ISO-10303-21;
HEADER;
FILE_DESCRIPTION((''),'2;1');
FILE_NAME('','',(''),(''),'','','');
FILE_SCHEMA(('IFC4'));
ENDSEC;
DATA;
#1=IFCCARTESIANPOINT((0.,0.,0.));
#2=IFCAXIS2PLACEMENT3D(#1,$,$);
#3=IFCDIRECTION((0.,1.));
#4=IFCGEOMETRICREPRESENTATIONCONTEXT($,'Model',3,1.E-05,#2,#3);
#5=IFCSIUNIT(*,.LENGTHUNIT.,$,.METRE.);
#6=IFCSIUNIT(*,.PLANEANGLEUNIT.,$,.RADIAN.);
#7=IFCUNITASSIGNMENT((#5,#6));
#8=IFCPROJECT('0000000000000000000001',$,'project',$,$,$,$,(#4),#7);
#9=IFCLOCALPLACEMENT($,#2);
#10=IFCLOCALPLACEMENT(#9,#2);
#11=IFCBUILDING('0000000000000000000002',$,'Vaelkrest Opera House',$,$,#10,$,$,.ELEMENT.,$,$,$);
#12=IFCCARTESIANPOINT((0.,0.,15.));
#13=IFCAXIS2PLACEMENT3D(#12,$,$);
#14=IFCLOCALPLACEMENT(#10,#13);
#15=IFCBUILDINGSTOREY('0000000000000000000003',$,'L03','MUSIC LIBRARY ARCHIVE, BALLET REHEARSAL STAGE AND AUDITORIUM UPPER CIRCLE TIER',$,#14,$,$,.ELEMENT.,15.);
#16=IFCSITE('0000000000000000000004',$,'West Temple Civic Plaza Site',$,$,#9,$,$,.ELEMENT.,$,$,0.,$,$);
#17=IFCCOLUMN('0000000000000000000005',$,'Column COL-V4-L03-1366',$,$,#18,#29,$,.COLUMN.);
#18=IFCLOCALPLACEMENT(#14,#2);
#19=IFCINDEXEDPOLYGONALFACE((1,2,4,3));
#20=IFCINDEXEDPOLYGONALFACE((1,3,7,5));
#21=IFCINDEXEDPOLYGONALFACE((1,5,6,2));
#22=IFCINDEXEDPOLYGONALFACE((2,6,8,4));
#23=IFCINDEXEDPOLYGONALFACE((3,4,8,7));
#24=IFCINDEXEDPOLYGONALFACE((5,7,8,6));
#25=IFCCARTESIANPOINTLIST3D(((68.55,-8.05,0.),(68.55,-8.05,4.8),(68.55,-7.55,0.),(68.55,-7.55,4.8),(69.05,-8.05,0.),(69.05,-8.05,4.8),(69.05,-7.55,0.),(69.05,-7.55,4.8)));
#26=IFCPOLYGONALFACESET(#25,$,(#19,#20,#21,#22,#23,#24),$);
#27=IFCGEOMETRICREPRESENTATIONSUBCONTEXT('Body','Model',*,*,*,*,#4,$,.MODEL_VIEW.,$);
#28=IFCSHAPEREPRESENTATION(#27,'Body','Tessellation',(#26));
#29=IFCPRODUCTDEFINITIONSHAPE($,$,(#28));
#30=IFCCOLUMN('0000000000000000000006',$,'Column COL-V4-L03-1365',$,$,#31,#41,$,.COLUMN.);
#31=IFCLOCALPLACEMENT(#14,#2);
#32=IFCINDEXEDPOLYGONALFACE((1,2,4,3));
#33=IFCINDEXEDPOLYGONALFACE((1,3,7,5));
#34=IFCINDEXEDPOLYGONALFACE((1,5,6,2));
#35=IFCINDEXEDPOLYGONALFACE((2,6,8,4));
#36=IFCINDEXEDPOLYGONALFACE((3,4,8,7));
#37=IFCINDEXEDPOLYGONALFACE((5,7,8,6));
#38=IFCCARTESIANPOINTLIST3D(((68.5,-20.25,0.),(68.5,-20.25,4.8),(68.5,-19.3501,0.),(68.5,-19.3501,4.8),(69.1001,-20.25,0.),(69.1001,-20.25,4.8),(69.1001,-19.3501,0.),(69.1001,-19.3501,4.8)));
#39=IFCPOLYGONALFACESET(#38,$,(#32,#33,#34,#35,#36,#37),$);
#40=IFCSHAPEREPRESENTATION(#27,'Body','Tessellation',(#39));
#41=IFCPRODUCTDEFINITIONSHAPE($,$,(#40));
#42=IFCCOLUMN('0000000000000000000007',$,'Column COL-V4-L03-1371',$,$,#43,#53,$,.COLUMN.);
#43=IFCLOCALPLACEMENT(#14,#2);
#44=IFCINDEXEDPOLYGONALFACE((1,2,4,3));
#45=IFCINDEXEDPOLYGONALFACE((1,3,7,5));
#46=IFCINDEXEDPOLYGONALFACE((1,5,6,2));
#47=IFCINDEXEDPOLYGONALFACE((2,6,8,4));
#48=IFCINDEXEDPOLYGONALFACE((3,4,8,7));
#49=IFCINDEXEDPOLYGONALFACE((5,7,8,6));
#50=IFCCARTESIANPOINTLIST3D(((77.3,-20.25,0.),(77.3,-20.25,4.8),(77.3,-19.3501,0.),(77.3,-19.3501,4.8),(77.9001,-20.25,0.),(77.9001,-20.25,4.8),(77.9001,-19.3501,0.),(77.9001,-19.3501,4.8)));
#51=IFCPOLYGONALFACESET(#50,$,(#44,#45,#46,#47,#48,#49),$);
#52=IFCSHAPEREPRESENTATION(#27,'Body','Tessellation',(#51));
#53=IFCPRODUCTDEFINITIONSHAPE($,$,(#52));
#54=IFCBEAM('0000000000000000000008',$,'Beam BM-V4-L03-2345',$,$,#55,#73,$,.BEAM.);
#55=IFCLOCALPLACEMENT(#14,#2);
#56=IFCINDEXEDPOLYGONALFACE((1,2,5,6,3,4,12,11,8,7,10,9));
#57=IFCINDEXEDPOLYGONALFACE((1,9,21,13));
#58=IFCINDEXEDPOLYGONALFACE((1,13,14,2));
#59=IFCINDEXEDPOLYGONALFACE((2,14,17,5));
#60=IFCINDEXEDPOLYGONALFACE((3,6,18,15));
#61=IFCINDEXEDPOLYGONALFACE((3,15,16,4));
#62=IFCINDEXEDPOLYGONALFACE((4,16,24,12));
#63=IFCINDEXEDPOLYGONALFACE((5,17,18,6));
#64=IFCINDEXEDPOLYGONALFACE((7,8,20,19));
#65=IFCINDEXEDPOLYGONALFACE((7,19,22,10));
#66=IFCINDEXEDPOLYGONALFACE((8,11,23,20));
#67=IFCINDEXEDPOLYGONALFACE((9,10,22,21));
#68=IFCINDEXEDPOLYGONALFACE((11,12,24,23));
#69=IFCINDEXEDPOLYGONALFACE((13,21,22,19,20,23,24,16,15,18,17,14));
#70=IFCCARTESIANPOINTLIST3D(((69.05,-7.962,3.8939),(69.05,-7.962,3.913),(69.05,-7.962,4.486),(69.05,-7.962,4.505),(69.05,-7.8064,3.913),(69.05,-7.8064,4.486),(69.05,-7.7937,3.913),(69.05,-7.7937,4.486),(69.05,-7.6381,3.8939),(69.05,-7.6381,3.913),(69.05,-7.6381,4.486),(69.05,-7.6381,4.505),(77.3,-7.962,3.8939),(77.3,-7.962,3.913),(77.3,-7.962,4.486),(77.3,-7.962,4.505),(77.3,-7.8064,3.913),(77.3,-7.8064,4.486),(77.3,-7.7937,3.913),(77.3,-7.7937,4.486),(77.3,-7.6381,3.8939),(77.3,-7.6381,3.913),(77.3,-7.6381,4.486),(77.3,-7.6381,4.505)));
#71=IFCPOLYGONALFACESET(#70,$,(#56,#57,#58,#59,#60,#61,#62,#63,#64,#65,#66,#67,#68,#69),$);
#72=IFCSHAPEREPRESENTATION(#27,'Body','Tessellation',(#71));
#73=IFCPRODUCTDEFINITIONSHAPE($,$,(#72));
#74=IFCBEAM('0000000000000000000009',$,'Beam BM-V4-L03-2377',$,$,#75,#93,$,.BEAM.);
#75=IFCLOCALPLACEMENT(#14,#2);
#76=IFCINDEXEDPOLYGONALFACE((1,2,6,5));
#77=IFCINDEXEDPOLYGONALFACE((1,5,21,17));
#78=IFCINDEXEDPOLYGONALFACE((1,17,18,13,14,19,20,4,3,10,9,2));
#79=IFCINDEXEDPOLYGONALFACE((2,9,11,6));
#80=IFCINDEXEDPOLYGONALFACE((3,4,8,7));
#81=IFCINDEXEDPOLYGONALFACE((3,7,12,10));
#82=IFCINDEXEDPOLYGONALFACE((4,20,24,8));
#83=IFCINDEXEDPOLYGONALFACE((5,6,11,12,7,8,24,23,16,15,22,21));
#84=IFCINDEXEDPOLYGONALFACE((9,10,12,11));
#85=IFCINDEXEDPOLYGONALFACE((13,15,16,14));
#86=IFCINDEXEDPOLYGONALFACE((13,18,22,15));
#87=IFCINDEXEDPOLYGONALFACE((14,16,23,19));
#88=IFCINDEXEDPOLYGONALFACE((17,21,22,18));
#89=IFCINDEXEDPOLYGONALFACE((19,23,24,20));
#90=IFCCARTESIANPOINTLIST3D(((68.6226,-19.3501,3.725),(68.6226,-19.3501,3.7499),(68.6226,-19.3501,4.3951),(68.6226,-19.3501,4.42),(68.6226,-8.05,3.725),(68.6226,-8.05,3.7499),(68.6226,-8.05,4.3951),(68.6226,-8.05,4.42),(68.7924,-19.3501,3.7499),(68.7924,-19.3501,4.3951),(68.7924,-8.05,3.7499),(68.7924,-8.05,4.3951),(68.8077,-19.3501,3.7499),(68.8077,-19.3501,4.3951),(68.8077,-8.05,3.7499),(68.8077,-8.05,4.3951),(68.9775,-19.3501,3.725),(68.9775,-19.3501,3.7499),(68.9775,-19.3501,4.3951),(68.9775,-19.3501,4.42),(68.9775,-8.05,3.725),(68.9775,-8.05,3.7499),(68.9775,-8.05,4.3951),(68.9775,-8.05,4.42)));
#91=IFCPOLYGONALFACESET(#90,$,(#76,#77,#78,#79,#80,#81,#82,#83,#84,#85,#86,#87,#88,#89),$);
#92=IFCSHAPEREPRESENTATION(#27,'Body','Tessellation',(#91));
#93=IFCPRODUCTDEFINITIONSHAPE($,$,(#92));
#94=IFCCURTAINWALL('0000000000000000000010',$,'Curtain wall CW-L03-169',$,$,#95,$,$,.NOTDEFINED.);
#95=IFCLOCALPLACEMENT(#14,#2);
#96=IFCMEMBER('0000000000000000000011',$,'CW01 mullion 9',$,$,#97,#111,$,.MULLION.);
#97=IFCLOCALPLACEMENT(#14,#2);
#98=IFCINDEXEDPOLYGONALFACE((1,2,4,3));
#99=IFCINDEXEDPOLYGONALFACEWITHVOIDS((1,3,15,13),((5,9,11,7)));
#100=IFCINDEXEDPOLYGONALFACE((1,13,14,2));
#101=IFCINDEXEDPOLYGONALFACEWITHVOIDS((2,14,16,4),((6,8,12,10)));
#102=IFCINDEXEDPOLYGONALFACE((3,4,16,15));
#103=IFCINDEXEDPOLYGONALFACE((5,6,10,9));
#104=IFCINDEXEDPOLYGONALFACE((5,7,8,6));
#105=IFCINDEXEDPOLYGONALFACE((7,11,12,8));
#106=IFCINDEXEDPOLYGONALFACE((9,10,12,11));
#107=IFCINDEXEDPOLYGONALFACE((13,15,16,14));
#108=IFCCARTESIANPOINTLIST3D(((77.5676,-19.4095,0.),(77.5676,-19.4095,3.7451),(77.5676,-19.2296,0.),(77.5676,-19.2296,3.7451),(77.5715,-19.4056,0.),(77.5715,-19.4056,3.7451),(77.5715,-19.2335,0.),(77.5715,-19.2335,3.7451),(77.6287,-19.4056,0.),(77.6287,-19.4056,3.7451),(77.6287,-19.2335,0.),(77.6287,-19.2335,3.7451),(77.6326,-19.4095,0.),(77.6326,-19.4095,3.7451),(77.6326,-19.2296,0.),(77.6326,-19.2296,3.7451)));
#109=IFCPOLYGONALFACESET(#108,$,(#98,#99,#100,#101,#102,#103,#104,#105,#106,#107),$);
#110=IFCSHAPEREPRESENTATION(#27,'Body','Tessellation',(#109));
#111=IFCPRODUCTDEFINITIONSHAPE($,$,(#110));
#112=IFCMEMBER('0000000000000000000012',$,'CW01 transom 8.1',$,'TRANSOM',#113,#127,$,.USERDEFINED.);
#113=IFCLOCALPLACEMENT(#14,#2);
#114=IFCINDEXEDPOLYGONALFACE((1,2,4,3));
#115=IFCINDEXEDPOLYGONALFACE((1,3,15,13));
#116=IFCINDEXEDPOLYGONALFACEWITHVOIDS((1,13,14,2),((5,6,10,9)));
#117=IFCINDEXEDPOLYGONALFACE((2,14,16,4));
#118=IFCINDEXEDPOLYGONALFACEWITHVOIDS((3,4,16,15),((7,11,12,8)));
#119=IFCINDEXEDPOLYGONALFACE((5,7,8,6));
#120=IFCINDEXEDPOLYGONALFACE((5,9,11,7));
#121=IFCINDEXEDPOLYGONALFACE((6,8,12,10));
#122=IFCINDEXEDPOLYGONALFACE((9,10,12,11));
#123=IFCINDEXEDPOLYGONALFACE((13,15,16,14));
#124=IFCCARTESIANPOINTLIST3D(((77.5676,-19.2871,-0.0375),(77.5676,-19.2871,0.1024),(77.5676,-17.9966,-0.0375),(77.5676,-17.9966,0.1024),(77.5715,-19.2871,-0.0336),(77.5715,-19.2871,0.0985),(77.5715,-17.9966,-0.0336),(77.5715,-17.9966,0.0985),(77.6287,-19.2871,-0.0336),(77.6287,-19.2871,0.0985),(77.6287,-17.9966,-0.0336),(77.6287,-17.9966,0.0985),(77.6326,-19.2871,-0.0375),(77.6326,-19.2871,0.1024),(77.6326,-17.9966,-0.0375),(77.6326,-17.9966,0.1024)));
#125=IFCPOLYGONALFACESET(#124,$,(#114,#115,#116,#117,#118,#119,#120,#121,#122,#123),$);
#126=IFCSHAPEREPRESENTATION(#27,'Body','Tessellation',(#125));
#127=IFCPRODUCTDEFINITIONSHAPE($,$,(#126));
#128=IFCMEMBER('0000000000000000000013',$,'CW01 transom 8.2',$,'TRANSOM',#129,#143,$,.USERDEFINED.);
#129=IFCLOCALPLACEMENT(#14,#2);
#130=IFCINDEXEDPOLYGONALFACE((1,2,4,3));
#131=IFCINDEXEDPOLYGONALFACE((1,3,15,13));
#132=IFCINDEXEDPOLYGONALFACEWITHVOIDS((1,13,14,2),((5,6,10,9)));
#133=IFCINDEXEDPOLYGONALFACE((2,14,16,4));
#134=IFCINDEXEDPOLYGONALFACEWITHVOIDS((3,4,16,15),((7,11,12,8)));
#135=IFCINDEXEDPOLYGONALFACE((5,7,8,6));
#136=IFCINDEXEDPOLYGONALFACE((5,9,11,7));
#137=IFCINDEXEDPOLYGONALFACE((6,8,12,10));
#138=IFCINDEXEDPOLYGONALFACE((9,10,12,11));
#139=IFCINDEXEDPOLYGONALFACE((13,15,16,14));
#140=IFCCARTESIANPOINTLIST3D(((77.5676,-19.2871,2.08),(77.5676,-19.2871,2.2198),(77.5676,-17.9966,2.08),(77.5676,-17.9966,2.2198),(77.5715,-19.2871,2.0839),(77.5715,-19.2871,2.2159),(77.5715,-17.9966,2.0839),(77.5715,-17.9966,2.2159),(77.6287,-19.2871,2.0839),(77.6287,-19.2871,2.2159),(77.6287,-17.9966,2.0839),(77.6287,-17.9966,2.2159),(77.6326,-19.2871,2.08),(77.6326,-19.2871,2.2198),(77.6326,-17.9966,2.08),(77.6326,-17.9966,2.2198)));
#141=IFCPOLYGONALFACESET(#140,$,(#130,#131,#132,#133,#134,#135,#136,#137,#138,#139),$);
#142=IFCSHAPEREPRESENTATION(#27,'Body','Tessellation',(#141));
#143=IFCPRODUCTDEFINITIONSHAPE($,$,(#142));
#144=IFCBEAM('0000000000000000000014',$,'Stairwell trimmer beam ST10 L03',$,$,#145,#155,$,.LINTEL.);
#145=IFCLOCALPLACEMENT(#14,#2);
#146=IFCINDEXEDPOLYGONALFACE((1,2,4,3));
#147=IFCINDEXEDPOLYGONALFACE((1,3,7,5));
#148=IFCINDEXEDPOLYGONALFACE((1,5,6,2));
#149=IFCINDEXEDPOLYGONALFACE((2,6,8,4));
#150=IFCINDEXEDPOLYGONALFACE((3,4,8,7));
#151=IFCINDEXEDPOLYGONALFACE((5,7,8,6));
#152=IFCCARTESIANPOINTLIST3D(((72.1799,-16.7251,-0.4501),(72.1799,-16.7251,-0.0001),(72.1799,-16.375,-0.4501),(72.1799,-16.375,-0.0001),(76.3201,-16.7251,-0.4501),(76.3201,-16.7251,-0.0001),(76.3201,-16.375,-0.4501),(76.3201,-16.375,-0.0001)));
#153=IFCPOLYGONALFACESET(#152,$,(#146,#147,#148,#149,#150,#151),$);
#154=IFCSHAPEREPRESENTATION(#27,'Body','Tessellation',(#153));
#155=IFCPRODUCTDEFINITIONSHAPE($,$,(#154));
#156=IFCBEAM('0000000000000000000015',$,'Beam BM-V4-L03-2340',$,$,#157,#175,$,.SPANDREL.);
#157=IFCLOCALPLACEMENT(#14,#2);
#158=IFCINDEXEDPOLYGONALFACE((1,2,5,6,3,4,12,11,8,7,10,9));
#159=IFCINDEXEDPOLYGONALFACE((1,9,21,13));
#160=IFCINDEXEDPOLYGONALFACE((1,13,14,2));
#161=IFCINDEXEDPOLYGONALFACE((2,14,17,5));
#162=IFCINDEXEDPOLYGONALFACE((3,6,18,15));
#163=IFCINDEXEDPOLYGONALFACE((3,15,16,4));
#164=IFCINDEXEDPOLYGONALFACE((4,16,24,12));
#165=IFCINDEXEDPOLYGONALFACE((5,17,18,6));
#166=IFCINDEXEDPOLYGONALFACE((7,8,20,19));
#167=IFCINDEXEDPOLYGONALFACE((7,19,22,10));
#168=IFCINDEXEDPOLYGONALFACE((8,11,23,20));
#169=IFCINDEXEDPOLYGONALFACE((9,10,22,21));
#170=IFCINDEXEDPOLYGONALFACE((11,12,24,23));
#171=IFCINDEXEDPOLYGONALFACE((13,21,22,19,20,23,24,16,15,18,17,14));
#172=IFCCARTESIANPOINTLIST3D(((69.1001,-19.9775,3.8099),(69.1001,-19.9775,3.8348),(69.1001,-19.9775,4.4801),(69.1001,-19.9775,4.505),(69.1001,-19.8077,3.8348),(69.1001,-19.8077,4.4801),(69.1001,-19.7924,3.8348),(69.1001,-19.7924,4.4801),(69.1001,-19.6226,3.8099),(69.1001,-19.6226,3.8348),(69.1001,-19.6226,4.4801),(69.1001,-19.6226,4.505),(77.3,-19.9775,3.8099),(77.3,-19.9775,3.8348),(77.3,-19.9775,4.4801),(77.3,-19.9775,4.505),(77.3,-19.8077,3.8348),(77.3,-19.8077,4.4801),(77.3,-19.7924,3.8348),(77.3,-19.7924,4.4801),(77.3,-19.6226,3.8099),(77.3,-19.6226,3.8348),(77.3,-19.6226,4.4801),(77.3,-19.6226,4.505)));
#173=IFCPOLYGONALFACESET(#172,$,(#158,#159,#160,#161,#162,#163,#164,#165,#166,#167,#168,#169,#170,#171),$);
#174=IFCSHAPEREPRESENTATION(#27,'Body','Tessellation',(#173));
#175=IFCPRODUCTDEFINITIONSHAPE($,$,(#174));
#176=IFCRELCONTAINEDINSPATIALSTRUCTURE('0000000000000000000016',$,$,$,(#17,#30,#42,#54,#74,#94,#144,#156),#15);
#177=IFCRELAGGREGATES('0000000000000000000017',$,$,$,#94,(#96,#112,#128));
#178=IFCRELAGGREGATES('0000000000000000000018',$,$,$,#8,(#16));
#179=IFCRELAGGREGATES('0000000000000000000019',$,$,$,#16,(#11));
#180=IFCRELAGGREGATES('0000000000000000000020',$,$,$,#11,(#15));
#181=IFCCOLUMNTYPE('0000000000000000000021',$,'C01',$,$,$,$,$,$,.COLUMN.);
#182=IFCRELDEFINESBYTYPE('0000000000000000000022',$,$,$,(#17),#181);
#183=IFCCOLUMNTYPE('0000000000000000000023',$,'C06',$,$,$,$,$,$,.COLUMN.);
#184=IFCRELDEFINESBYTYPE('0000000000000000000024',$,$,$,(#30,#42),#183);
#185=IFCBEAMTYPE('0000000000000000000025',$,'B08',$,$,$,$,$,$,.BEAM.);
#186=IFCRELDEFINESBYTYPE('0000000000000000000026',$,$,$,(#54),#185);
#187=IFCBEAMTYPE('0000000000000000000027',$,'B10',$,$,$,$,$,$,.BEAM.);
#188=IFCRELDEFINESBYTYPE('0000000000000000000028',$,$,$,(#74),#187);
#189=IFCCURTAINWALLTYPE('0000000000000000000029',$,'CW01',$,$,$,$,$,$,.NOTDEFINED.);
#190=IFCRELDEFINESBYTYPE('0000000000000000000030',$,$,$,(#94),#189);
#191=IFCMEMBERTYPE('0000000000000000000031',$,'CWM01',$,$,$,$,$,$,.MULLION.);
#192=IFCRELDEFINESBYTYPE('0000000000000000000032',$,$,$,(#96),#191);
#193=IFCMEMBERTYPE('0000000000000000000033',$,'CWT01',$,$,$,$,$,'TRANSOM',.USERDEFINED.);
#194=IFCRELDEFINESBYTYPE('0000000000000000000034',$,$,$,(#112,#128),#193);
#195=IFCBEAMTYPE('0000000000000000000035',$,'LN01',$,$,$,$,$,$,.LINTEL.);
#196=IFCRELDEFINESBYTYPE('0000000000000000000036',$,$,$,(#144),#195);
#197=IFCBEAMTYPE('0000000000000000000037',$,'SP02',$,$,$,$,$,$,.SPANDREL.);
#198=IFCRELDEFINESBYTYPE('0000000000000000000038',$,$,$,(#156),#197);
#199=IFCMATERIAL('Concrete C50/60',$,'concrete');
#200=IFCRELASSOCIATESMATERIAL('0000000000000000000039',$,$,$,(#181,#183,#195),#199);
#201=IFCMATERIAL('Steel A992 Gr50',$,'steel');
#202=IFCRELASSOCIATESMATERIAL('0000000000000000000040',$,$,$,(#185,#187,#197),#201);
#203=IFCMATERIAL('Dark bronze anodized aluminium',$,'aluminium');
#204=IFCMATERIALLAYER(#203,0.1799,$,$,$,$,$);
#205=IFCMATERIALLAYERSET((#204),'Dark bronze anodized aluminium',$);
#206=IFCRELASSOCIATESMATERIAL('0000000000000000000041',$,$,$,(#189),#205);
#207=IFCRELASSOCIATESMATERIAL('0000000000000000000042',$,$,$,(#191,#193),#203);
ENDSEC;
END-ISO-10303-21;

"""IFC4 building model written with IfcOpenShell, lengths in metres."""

from ifc_helpers import new_model, si_unit, direction, frame, origin, origin_2d, place, context, subcontext, project, spatial, rectangle, hollow_rectangle, i_section, extrude, material, layer, layer_set, material_profile, profile_set, type_object, element, aggregate, save


model = new_model("IFC4")

# Units and contexts
model_context = context("Model", 3, precision=1e-05, world=origin(), true_north=direction((0.0, 1.0)))
body_context = subcontext(model_context, "Body", "Model", "MODEL_VIEW")
ifc_project = project(units=[si_unit("LENGTHUNIT", "METRE"), si_unit("PLANEANGLEUNIT", "RADIAN")], contexts=[model_context])

# Site, building, storey
site_placement = place(None, origin())
site = spatial("IfcSite", under=ifc_project, at=site_placement, Name="West Temple Civic Plaza Site", CompositionType="ELEMENT", RefElevation=0.0)
building_placement = place(site_placement, origin())
building = spatial("IfcBuilding", under=site, at=building_placement, Name="Vaelkrest Opera House", CompositionType="ELEMENT")
storey_placement = place(building_placement, frame((0.0, 0.0, 15.0)))
storey = spatial("IfcBuildingStorey", under=building, at=storey_placement, Name="L03", Description="MUSIC LIBRARY ARCHIVE, BALLET REHEARSAL STAGE AND AUDITORIUM UPPER CIRCLE TIER", CompositionType="ELEMENT", Elevation=15.0)

# Columns
ifc_material_1 = material(Name="Concrete C50/60", Category="concrete")
ifc_material_profile_1 = material_profile(ifc_material_1, rectangle(XDim=0.5, YDim=0.5, at=origin_2d()), Name="RC500X500")
ifc_profile_set_1 = profile_set([ifc_material_profile_1], Name="Concrete C50/60")
column_type_1 = type_object("IfcColumnType", Name="C01", PredefinedType="COLUMN", material=ifc_profile_set_1)
column_placement = place(storey_placement, frame((68.8, -7.8, 0.0), z_axis=(0.0, 0.0, 1.0), x_axis=(1.0, 0.0, 0.0)))
element("IfcColumn", 1, at=column_placement, inside=storey, type_object=column_type_1, Name="Column COL-V4-L03-1366", PredefinedType="COLUMN", context=body_context, shape_type="SweptSolid", body=[
    extrude(rectangle(XDim=0.5, YDim=0.5, at=origin_2d()), origin(), (0.0, 0.0, 1.0), 4.8),
])
ifc_material_profile_2 = material_profile(ifc_material_1, rectangle(XDim=0.6001, YDim=0.8999, at=origin_2d()), Name="RC600X900")
ifc_profile_set_2 = profile_set([ifc_material_profile_2], Name="Concrete C50/60")
column_type_2 = type_object("IfcColumnType", Name="C06", PredefinedType="COLUMN", material=ifc_profile_set_2)
for number, where, z_axis, x_axis, name in (
    (2, (68.8, -19.8, 0.0), (0.0, 0.0, 1.0), (1.0, 0.0, 0.0), "Column COL-V4-L03-1365"),
    (3, (77.6001, -19.8, 0.0), (0.0, 0.0, 1.0), (1.0, 0.0, 0.0), "Column COL-V4-L03-1371"),
):
    element("IfcColumn", number, at=place(storey_placement, frame(where, z_axis=z_axis, x_axis=x_axis)), inside=storey, type_object=column_type_2, Name=name, PredefinedType="COLUMN", context=body_context, shape_type="SweptSolid", body=[
        extrude(rectangle(XDim=0.6001, YDim=0.8999, at=origin_2d()), origin(), (0.0, 0.0, 1.0), 4.8),
    ])

# Beams
ifc_material_2 = material(Name="Steel A992 Gr50", Category="steel")
ifc_material_profile_3 = material_profile(ifc_material_2, i_section(OverallWidth=0.324, OverallDepth=0.6111, WebThickness=0.0127, FlangeThickness=0.019, at=origin_2d()), Name="W24X104")
ifc_profile_set_3 = profile_set([ifc_material_profile_3], Name="Steel A992 Gr50")
beam_type_1 = type_object("IfcBeamType", Name="B08", PredefinedType="BEAM", material=ifc_profile_set_3)
beam_1_placement = place(storey_placement, frame((69.05, -7.8, 4.1995), z_axis=(1.0, 0.0, 0.0), x_axis=(0.0, 1.0, 0.0)))
element("IfcBeam", 4, at=beam_1_placement, inside=storey, type_object=beam_type_1, Name="Beam BM-V4-L03-2345", PredefinedType="BEAM", context=body_context, shape_type="SweptSolid", body=[
    extrude(i_section(OverallWidth=0.324, OverallDepth=0.6111, WebThickness=0.0127, FlangeThickness=0.019, at=origin_2d()), origin(), (0.0, 0.0, 1.0), 8.25),
])
ifc_material_profile_4 = material_profile(ifc_material_2, i_section(OverallWidth=0.355, OverallDepth=0.6951, WebThickness=0.0154, FlangeThickness=0.0249, at=origin_2d()), Name="W27X146")
ifc_profile_set_4 = profile_set([ifc_material_profile_4], Name="Steel A992 Gr50")
beam_type_2 = type_object("IfcBeamType", Name="B10", PredefinedType="BEAM", material=ifc_profile_set_4)
beam_2_placement = place(storey_placement, frame((68.8, -19.3501, 4.0725), z_axis=(0.0, 1.0, 0.0), x_axis=(-1.0, 0.0, 0.0)))
element("IfcBeam", 5, at=beam_2_placement, inside=storey, type_object=beam_type_2, Name="Beam BM-V4-L03-2377", PredefinedType="BEAM", context=body_context, shape_type="SweptSolid", body=[
    extrude(i_section(OverallWidth=0.355, OverallDepth=0.6951, WebThickness=0.0154, FlangeThickness=0.0249, at=origin_2d()), origin(), (0.0, 0.0, 1.0), 11.3),
])

# Curtain wall, members
ifc_material_3 = material(Name="Dark bronze anodized aluminium", Category="aluminium")
ifc_layer_1 = layer(ifc_material_3, 0.1799)
ifc_layer_set_1 = layer_set([ifc_layer_1], Name="Dark bronze anodized aluminium")
curtain_wall_type = type_object("IfcCurtainWallType", Name="CW01", PredefinedType="NOTDEFINED", material=ifc_layer_set_1)
curtain_wall_placement = place(storey_placement, origin())
curtain_wall = element("IfcCurtainWall", 6, at=curtain_wall_placement, inside=storey, type_object=curtain_wall_type, Name="Curtain wall CW-L03-169", PredefinedType="NOTDEFINED")
ifc_material_profile_5 = material_profile(ifc_material_3, hollow_rectangle(XDim=0.0649, YDim=0.1799, WallThickness=0.0039, at=origin_2d()), Name="CWM65X180")
ifc_profile_set_5 = profile_set([ifc_material_profile_5], Name="Dark bronze anodized aluminium")
member_type_1 = type_object("IfcMemberType", Name="CWM01", PredefinedType="MULLION", material=ifc_profile_set_5)
member_1_placement = place(storey_placement, frame((77.6001, -19.3196, 0.0), z_axis=(0.0, 0.0, 1.0), x_axis=(1.0, 0.0, 0.0)))
member_1 = element("IfcMember", 7, at=member_1_placement, type_object=member_type_1, Name="CW01 mullion 9", PredefinedType="MULLION", context=body_context, shape_type="SweptSolid", body=[
    extrude(hollow_rectangle(XDim=0.0649, YDim=0.1799, WallThickness=0.0039, at=origin_2d()), origin(), (0.0, 0.0, 1.0), 3.7451),
])
ifc_material_profile_6 = material_profile(ifc_material_3, hollow_rectangle(XDim=0.0649, YDim=0.1399, WallThickness=0.0039, at=origin_2d()), Name="CWT65X140")
ifc_profile_set_6 = profile_set([ifc_material_profile_6], Name="Dark bronze anodized aluminium")
member_type_2 = type_object("IfcMemberType", Name="CWT01", ElementType="TRANSOM", PredefinedType="USERDEFINED", material=ifc_profile_set_6)
member_2_placement = place(storey_placement, frame((77.6001, -17.9966, 0.0325), z_axis=(0.0, -1.0, 0.0), x_axis=(1.0, 0.0, 0.0)))
member_2 = element("IfcMember", 8, at=member_2_placement, type_object=member_type_2, Name="CW01 transom 8.1", ObjectType="TRANSOM", PredefinedType="USERDEFINED", context=body_context, shape_type="SweptSolid", body=[
    extrude(hollow_rectangle(XDim=0.0649, YDim=0.1399, WallThickness=0.0039, at=origin_2d()), origin(), (0.0, 0.0, 1.0), 1.2905),
])
member_3_placement = place(storey_placement, frame((77.6001, -17.9966, 2.1499), z_axis=(0.0, -1.0, 0.0), x_axis=(1.0, 0.0, 0.0)))
member_3 = element("IfcMember", 9, at=member_3_placement, type_object=member_type_2, Name="CW01 transom 8.2", ObjectType="TRANSOM", PredefinedType="USERDEFINED", context=body_context, shape_type="SweptSolid", body=[
    extrude(hollow_rectangle(XDim=0.0649, YDim=0.1399, WallThickness=0.0039, at=origin_2d()), origin(), (0.0, 0.0, 1.0), 1.2905),
])

# Beams
ifc_material_profile_7 = material_profile(ifc_material_1, rectangle(XDim=0.3501, YDim=0.45, at=origin_2d()), Name="RCB350X450")
ifc_profile_set_7 = profile_set([ifc_material_profile_7], Name="Concrete C50/60")
beam_type_3 = type_object("IfcBeamType", Name="LN01", PredefinedType="LINTEL", material=ifc_profile_set_7)
beam_3_placement = place(storey_placement, frame((72.1799, -16.55, -0.2251), z_axis=(1.0, 0.0, 0.0), x_axis=(0.0, 1.0, 0.0)))
element("IfcBeam", 10, at=beam_3_placement, inside=storey, type_object=beam_type_3, Name="Stairwell trimmer beam ST10 L03", PredefinedType="LINTEL", context=body_context, shape_type="SweptSolid", body=[
    extrude(rectangle(XDim=0.3501, YDim=0.45, at=origin_2d()), origin(), (0.0, 0.0, 1.0), 4.1401),
])
ifc_material_profile_8 = material_profile(ifc_material_2, i_section(OverallWidth=0.355, OverallDepth=0.6951, WebThickness=0.0154, FlangeThickness=0.0249, at=origin_2d()), Name="W27X146")
ifc_profile_set_8 = profile_set([ifc_material_profile_8], Name="Steel A992 Gr50")
beam_type_4 = type_object("IfcBeamType", Name="SP02", PredefinedType="SPANDREL", material=ifc_profile_set_8)
beam_4_placement = place(storey_placement, frame((69.1001, -19.8, 4.1575), z_axis=(1.0, 0.0, 0.0), x_axis=(0.0, 1.0, 0.0)))
element("IfcBeam", 11, at=beam_4_placement, inside=storey, type_object=beam_type_4, Name="Beam BM-V4-L03-2340", PredefinedType="SPANDREL", context=body_context, shape_type="SweptSolid", body=[
    extrude(i_section(OverallWidth=0.355, OverallDepth=0.6951, WebThickness=0.0154, FlangeThickness=0.0249, at=origin_2d()), origin(), (0.0, 0.0, 1.0), 8.2),
])

aggregate(curtain_wall, [member_1, member_2, member_3])

save(model, "model.ifc")
